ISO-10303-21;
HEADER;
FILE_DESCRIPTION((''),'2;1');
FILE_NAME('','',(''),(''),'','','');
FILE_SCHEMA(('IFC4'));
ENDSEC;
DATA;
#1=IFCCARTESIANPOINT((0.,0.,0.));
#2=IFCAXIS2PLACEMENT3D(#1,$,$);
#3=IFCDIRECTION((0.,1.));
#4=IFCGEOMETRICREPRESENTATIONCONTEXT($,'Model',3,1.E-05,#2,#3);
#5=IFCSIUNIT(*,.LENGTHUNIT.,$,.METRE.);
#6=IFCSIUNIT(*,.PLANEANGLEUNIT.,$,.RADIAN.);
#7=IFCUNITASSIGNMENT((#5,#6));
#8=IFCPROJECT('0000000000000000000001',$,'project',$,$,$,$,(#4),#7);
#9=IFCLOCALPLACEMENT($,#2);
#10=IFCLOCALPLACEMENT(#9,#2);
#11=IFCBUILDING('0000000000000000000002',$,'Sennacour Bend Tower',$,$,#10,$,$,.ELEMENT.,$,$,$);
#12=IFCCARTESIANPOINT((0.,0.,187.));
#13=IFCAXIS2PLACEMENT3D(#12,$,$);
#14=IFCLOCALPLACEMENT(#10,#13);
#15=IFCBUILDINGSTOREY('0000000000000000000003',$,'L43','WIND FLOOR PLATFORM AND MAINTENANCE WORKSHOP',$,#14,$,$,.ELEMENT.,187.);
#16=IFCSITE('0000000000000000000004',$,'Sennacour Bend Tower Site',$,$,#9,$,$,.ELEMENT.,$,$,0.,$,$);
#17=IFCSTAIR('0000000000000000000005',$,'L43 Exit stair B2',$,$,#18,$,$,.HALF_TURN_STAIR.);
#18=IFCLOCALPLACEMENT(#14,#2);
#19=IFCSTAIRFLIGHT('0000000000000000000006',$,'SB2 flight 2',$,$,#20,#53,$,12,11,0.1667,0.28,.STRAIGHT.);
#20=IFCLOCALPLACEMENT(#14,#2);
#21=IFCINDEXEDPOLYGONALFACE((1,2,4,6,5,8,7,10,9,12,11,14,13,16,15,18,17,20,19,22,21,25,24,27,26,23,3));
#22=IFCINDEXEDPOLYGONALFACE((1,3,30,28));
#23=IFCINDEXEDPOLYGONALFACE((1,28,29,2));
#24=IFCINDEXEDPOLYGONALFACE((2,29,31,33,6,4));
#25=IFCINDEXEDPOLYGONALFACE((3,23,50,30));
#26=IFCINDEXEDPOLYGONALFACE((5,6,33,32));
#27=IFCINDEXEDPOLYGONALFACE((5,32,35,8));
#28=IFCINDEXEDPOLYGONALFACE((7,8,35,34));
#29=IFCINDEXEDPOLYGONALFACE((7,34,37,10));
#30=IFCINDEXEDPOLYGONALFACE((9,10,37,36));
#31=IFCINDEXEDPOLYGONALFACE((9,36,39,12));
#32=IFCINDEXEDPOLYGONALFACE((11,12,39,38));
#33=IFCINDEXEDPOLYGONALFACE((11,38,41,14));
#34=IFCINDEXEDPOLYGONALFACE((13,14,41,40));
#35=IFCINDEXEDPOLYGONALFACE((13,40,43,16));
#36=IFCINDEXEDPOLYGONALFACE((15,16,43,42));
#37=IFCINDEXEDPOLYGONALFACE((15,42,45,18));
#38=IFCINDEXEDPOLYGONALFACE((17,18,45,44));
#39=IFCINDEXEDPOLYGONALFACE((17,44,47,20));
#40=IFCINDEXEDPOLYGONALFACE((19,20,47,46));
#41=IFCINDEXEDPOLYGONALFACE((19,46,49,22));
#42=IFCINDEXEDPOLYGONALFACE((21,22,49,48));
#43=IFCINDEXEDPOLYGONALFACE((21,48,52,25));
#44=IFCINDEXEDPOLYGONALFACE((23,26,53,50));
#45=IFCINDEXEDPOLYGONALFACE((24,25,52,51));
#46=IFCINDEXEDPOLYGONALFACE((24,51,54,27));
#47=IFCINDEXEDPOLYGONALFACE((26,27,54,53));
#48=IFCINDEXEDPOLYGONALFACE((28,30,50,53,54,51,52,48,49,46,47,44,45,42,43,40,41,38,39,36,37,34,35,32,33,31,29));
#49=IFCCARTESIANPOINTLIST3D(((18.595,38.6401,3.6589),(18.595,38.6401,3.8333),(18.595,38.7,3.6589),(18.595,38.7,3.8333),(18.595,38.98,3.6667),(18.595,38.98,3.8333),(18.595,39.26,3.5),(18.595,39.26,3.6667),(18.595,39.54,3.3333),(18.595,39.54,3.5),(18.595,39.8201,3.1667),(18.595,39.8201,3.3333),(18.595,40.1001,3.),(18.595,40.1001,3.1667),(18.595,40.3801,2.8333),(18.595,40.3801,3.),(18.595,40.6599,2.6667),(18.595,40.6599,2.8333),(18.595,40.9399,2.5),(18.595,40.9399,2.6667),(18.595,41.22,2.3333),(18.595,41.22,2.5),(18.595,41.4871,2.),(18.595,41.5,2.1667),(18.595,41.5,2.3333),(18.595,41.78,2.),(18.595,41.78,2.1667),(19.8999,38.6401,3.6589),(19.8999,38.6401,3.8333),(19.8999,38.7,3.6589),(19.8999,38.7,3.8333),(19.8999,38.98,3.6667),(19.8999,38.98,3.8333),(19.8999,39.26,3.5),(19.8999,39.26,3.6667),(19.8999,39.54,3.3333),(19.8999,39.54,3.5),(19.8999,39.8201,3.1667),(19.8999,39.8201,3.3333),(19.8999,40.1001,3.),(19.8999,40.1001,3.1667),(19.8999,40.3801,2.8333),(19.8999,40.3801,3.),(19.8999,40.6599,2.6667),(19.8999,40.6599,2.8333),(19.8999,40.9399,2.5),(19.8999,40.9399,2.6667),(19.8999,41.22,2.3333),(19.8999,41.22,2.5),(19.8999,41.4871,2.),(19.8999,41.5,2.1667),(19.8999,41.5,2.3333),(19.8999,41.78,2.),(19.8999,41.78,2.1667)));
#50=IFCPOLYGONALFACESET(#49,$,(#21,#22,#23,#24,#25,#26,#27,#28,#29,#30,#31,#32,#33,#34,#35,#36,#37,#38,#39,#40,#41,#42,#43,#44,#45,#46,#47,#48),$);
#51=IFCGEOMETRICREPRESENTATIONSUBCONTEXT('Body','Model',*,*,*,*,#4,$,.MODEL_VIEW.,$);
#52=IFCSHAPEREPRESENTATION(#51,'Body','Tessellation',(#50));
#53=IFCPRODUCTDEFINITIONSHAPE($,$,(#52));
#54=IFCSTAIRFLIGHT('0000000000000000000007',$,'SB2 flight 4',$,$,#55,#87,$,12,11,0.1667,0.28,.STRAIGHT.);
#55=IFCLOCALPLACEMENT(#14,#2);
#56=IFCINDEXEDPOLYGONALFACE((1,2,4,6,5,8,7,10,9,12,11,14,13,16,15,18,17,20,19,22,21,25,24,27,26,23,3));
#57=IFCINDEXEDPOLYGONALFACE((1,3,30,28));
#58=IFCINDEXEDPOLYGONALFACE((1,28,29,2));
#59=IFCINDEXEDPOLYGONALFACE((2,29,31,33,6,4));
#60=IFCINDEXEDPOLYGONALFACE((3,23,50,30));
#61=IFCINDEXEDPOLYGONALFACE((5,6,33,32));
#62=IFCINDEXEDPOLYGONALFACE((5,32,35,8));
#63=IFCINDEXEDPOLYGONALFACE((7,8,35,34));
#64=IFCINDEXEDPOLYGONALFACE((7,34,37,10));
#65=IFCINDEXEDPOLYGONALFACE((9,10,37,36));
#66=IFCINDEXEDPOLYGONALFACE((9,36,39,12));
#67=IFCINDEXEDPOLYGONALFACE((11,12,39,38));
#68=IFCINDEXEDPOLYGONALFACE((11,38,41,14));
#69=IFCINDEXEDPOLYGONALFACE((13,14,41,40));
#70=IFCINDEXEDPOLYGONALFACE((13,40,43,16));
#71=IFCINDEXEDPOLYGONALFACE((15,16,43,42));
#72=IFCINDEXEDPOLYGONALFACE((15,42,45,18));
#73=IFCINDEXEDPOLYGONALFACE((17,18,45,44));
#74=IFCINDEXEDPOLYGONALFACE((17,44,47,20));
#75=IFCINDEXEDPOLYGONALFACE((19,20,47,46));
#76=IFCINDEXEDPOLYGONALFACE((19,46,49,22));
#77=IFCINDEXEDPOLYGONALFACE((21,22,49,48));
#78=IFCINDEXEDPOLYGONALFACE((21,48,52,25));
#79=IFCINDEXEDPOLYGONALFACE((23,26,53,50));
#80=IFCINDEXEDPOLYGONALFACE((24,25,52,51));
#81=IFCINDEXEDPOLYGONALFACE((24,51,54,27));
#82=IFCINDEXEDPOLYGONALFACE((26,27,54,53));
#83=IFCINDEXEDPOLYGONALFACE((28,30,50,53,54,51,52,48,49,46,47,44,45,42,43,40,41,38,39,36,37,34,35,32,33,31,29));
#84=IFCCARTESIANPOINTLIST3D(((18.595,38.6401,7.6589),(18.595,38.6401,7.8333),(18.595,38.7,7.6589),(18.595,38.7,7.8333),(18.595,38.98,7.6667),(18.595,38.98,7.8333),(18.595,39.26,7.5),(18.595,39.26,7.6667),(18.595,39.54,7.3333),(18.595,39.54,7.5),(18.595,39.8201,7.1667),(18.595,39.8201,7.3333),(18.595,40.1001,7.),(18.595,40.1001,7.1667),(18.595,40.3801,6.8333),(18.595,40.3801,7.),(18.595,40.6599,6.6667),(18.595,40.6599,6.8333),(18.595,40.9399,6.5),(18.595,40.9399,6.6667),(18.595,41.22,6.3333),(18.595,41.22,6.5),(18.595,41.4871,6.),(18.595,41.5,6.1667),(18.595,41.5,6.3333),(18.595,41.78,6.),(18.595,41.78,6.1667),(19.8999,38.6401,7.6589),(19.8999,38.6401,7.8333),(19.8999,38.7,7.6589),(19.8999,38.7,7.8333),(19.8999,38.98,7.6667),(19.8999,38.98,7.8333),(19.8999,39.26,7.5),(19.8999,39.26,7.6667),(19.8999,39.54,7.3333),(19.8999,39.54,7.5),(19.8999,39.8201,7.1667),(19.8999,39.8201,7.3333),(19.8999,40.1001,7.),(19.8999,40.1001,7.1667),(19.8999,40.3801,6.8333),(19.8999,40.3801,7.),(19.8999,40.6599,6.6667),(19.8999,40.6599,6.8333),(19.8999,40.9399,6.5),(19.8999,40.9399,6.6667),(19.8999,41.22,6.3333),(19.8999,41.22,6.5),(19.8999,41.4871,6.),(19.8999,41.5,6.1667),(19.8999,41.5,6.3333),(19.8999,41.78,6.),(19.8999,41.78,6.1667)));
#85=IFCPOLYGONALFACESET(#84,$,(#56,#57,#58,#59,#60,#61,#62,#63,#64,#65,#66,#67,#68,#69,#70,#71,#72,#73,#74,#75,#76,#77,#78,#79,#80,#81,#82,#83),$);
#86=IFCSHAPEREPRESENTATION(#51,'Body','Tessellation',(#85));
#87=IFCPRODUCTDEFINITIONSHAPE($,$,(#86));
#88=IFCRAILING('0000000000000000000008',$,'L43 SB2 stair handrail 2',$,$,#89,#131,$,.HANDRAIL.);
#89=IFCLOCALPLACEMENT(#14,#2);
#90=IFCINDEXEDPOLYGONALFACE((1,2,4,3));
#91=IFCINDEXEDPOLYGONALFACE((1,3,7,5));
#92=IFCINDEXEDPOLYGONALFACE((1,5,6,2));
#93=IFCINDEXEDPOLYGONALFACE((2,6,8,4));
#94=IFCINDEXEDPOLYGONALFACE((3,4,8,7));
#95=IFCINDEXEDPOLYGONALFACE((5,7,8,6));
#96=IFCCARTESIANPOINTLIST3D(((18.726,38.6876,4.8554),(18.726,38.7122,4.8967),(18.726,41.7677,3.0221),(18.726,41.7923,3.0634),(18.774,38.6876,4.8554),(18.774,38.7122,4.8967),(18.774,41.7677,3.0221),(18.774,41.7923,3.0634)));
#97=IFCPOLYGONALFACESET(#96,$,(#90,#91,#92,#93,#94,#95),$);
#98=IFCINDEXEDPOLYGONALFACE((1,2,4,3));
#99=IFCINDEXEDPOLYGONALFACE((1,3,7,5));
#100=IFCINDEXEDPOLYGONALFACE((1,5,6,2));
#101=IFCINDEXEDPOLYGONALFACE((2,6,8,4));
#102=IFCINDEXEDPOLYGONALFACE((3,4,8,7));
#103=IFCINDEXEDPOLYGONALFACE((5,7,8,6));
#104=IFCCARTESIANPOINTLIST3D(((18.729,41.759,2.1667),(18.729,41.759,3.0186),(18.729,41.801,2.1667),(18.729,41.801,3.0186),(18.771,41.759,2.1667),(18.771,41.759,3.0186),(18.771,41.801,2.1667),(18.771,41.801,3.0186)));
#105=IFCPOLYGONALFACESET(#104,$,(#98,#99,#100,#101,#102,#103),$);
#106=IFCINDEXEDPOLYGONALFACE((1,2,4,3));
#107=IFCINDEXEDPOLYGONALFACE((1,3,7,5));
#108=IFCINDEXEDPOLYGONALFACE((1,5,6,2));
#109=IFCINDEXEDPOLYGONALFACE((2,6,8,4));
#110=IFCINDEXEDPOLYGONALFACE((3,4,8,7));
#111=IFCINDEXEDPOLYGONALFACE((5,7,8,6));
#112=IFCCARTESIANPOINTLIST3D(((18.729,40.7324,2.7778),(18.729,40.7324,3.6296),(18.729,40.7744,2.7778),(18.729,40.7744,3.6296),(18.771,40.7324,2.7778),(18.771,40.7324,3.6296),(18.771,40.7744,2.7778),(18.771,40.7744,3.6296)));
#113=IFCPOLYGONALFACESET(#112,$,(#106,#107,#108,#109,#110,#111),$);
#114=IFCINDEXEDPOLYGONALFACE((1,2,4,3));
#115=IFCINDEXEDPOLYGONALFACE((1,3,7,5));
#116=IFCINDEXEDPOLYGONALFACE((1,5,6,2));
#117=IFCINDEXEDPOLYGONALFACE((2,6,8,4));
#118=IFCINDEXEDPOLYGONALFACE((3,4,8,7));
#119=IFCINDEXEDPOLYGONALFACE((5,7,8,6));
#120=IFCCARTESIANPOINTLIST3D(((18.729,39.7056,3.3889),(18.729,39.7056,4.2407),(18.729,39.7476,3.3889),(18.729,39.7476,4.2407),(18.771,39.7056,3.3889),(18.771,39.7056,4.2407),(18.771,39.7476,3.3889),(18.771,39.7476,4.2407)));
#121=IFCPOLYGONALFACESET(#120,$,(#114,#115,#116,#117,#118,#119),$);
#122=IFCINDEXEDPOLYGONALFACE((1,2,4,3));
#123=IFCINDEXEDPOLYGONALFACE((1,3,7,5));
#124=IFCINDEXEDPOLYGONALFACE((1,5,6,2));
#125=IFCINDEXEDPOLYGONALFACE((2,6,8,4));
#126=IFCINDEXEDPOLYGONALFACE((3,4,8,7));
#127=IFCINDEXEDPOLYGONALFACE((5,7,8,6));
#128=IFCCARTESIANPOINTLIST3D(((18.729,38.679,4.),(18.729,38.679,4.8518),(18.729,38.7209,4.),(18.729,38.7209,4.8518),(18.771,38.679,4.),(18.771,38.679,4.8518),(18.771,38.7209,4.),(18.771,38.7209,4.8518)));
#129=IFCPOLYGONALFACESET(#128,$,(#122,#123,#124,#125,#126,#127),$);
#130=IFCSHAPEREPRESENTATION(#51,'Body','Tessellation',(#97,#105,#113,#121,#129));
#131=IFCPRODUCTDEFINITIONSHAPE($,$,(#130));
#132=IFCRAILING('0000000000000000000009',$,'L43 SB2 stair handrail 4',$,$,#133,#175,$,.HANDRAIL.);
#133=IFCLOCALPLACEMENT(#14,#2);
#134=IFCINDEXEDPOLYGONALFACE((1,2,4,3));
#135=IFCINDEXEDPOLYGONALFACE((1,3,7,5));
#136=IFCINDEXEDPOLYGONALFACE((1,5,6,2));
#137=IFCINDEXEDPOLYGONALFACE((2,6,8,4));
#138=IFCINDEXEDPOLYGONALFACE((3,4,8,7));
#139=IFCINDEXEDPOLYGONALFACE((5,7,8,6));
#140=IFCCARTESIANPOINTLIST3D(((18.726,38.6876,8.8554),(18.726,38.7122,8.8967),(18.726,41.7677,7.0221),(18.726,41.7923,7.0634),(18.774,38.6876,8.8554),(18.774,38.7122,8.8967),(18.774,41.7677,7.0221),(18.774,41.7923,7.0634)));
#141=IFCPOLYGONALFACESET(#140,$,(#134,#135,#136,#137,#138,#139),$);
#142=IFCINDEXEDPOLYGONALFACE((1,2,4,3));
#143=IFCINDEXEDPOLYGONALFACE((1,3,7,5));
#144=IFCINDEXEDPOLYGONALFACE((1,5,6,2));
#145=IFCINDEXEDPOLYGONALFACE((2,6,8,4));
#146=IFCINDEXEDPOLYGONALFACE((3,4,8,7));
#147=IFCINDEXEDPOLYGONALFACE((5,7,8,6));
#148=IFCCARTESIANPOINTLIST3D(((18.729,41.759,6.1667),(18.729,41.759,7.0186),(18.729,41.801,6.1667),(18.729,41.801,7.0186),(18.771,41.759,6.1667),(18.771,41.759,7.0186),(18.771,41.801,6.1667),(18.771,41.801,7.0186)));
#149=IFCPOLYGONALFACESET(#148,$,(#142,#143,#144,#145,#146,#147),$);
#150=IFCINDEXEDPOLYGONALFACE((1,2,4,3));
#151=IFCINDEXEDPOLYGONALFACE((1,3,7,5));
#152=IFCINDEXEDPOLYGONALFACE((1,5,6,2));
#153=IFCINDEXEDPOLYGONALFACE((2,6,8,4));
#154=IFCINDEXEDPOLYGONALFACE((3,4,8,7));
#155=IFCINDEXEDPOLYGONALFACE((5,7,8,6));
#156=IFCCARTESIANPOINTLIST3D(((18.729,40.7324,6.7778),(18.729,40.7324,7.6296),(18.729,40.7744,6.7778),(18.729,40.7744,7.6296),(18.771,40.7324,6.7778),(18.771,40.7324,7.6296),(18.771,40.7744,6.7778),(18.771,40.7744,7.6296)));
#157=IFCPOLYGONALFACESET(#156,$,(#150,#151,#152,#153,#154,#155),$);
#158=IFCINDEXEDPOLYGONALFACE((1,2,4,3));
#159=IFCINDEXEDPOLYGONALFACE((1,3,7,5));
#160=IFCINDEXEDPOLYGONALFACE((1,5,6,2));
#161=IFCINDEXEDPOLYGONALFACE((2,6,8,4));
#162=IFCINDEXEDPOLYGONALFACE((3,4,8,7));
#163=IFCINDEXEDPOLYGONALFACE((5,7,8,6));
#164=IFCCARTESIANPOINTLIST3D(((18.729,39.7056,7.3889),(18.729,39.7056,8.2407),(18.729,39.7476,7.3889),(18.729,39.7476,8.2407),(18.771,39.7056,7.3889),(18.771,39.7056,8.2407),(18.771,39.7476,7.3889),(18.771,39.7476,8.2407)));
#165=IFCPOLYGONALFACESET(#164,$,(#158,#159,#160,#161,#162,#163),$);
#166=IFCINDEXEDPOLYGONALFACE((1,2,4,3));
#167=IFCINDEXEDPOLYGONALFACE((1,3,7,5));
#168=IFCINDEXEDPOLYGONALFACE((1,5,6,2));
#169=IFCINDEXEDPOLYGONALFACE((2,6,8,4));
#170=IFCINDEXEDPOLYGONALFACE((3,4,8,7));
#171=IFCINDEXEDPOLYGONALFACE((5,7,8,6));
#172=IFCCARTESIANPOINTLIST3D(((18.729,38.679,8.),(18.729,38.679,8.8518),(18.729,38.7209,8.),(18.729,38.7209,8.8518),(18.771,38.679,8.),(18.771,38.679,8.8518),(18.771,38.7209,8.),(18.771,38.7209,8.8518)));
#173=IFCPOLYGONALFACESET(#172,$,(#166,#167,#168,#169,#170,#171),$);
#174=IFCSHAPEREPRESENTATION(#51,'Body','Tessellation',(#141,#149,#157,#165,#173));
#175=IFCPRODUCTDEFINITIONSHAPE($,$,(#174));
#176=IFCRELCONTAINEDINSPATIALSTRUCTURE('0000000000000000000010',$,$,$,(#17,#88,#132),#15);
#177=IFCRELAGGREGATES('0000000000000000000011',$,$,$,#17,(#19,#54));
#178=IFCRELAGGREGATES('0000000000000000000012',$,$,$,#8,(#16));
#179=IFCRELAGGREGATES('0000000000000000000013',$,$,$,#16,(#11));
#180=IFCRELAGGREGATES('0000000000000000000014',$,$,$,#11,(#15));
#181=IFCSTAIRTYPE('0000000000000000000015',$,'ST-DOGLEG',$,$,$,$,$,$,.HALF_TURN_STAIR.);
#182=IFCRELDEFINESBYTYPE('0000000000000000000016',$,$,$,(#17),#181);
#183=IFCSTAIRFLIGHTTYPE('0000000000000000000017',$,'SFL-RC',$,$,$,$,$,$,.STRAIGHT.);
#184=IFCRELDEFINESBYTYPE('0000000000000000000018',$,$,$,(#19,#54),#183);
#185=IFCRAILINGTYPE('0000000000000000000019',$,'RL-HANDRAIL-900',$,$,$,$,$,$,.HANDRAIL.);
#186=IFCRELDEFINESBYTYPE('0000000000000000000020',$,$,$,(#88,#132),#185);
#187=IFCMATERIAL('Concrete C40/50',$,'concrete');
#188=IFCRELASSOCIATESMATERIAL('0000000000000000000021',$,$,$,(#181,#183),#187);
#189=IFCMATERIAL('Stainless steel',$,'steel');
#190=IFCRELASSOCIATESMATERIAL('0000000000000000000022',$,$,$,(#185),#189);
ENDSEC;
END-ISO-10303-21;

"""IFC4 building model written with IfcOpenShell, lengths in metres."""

from ifc_helpers import new_model, si_unit, direction, frame, origin, origin_2d, place, context, subcontext, project, spatial, polyline, rectangle, outline, extrude, material, type_object, element, aggregate, save


model = new_model("IFC4")

# Units and contexts
model_context = context("Model", 3, precision=1e-05, world=origin(), true_north=direction((0.0, 1.0)))
body_context = subcontext(model_context, "Body", "Model", "MODEL_VIEW")
ifc_project = project(units=[si_unit("LENGTHUNIT", "METRE"), si_unit("PLANEANGLEUNIT", "RADIAN")], contexts=[model_context])

# Site, building, storey
site_placement = place(None, origin())
site = spatial("IfcSite", under=ifc_project, at=site_placement, Name="Sennacour Bend Tower Site", CompositionType="ELEMENT", RefElevation=0.0)
building_placement = place(site_placement, origin())
building = spatial("IfcBuilding", under=site, at=building_placement, Name="Sennacour Bend Tower", CompositionType="ELEMENT")
storey_placement = place(building_placement, frame((0.0, 0.0, 187.0)))
storey = spatial("IfcBuildingStorey", under=building, at=storey_placement, Name="L43", Description="WIND FLOOR PLATFORM AND MAINTENANCE WORKSHOP", CompositionType="ELEMENT", Elevation=187.0)

# Shared definitions
ifc_material_1 = material(Name="Stainless steel", Category="steel")

# Stair, stair flights
ifc_material_2 = material(Name="Concrete C40/50", Category="concrete")
stair_type = type_object("IfcStairType", Name="ST-DOGLEG", PredefinedType="HALF_TURN_STAIR", material=ifc_material_2)
stair_placement = place(storey_placement, origin())
stair = element("IfcStair", 1, at=stair_placement, inside=storey, type_object=stair_type, Name="L43 Exit stair B2", PredefinedType="HALF_TURN_STAIR")
stair_flight_type = type_object("IfcStairFlightType", Name="SFL-RC", PredefinedType="STRAIGHT", material=ifc_material_2)
stair_flight_1_placement = place(storey_placement, frame((19.2476, 41.78, 2.0), z_axis=(0.0, 0.0, 1.0), x_axis=(0.0, -1.0, 0.0)))
stair_flight_1 = element("IfcStairFlight", 2, at=stair_flight_1_placement, type_object=stair_flight_type, Name="SB2 flight 2", NumberOfRisers=12, NumberOfTreads=11, PredefinedType="STRAIGHT", RiserHeight=0.1667, TreadLength=0.28, context=body_context, shape_type="SweptSolid", body=[
    extrude(outline(polyline([(0.0, 0.0), (0.0, 0.1667), (0.28, 0.1667), (0.28, 0.3333), (0.5601, 0.3333), (0.5601, 0.5), (0.8401, 0.5), (0.8401, 0.6667), (1.1201, 0.6667), (1.1201, 0.8333), (1.3999, 0.8333), (1.3999, 1.0), (1.6799, 1.0), (1.6799, 1.1667), (1.96, 1.1667), (1.96, 1.3333), (2.24, 1.3333), (2.24, 1.5), (2.52, 1.5), (2.52, 1.6667), (2.8, 1.6667), (2.8, 1.8333), (3.0801, 1.8333), (3.1399, 1.8333), (3.1399, 1.6589), (3.0801, 1.6589), (0.293, 0.0), (0.0, 0.0)])), frame((0.0, 0.6523, 0.0), z_axis=(0.0, -1.0, 0.0), x_axis=(1.0, 0.0, 0.0)), (0.0, 0.0, 1.0), 1.3049),
])
stair_flight_2_placement = place(storey_placement, frame((19.2476, 41.78, 6.0), z_axis=(0.0, 0.0, 1.0), x_axis=(0.0, -1.0, 0.0)))
stair_flight_2 = element("IfcStairFlight", 3, at=stair_flight_2_placement, type_object=stair_flight_type, Name="SB2 flight 4", NumberOfRisers=12, NumberOfTreads=11, PredefinedType="STRAIGHT", RiserHeight=0.1667, TreadLength=0.28, context=body_context, shape_type="SweptSolid", body=[
    extrude(outline(polyline([(0.0, 0.0), (0.0, 0.1667), (0.28, 0.1667), (0.28, 0.3333), (0.5601, 0.3333), (0.5601, 0.5), (0.8401, 0.5), (0.8401, 0.6667), (1.1201, 0.6667), (1.1201, 0.8333), (1.3999, 0.8333), (1.3999, 1.0), (1.6799, 1.0), (1.6799, 1.1667), (1.96, 1.1667), (1.96, 1.3333), (2.24, 1.3333), (2.24, 1.5), (2.52, 1.5), (2.52, 1.6667), (2.8, 1.6667), (2.8, 1.8333), (3.0801, 1.8333), (3.1399, 1.8333), (3.1399, 1.6589), (3.0801, 1.6589), (0.293, 0.0), (0.0, 0.0)])), frame((0.0, 0.6523, 0.0), z_axis=(0.0, -1.0, 0.0), x_axis=(1.0, 0.0, 0.0)), (0.0, 0.0, 1.0), 1.3049),
])
aggregate(stair, [stair_flight_1, stair_flight_2])

# Railings
railing_type = type_object("IfcRailingType", Name="RL-HANDRAIL-900", PredefinedType="HANDRAIL", material=ifc_material_1)
for number, where, name in (
    (4, (18.75, 41.78, 2.1667), "L43 SB2 stair handrail 2"),
    (5, (18.75, 41.78, 6.1667), "L43 SB2 stair handrail 4"),
):
    element("IfcRailing", number, at=place(storey_placement, frame(where)), inside=storey, type_object=railing_type, Name=name, PredefinedType="HANDRAIL", context=body_context, shape_type="SweptSolid", body=[
        extrude(rectangle(XDim=0.0481, YDim=0.0481, at=origin_2d()), frame((0.0, 0.0, 0.876), z_axis=(0.0, -0.859309, 0.511458), x_axis=(1.0, 0.0, 0.0)), (0.0, 0.0, 1.0), 3.5845),
        extrude(rectangle(XDim=0.042, YDim=0.042, at=origin_2d()), origin(), (0.0, 0.0, 1.0), 0.8518),
        extrude(rectangle(XDim=0.042, YDim=0.042, at=origin_2d()), frame((0.0, -1.0266, 0.6111)), (0.0, 0.0, 1.0), 0.8518),
        extrude(rectangle(XDim=0.042, YDim=0.042, at=origin_2d()), frame((0.0, -2.0535, 1.2222)), (0.0, 0.0, 1.0), 0.8518),
        extrude(rectangle(XDim=0.042, YDim=0.042, at=origin_2d()), frame((0.0, -3.0801, 1.8333)), (0.0, 0.0, 1.0), 0.8518),
    ])

save(model, "model.ifc")
